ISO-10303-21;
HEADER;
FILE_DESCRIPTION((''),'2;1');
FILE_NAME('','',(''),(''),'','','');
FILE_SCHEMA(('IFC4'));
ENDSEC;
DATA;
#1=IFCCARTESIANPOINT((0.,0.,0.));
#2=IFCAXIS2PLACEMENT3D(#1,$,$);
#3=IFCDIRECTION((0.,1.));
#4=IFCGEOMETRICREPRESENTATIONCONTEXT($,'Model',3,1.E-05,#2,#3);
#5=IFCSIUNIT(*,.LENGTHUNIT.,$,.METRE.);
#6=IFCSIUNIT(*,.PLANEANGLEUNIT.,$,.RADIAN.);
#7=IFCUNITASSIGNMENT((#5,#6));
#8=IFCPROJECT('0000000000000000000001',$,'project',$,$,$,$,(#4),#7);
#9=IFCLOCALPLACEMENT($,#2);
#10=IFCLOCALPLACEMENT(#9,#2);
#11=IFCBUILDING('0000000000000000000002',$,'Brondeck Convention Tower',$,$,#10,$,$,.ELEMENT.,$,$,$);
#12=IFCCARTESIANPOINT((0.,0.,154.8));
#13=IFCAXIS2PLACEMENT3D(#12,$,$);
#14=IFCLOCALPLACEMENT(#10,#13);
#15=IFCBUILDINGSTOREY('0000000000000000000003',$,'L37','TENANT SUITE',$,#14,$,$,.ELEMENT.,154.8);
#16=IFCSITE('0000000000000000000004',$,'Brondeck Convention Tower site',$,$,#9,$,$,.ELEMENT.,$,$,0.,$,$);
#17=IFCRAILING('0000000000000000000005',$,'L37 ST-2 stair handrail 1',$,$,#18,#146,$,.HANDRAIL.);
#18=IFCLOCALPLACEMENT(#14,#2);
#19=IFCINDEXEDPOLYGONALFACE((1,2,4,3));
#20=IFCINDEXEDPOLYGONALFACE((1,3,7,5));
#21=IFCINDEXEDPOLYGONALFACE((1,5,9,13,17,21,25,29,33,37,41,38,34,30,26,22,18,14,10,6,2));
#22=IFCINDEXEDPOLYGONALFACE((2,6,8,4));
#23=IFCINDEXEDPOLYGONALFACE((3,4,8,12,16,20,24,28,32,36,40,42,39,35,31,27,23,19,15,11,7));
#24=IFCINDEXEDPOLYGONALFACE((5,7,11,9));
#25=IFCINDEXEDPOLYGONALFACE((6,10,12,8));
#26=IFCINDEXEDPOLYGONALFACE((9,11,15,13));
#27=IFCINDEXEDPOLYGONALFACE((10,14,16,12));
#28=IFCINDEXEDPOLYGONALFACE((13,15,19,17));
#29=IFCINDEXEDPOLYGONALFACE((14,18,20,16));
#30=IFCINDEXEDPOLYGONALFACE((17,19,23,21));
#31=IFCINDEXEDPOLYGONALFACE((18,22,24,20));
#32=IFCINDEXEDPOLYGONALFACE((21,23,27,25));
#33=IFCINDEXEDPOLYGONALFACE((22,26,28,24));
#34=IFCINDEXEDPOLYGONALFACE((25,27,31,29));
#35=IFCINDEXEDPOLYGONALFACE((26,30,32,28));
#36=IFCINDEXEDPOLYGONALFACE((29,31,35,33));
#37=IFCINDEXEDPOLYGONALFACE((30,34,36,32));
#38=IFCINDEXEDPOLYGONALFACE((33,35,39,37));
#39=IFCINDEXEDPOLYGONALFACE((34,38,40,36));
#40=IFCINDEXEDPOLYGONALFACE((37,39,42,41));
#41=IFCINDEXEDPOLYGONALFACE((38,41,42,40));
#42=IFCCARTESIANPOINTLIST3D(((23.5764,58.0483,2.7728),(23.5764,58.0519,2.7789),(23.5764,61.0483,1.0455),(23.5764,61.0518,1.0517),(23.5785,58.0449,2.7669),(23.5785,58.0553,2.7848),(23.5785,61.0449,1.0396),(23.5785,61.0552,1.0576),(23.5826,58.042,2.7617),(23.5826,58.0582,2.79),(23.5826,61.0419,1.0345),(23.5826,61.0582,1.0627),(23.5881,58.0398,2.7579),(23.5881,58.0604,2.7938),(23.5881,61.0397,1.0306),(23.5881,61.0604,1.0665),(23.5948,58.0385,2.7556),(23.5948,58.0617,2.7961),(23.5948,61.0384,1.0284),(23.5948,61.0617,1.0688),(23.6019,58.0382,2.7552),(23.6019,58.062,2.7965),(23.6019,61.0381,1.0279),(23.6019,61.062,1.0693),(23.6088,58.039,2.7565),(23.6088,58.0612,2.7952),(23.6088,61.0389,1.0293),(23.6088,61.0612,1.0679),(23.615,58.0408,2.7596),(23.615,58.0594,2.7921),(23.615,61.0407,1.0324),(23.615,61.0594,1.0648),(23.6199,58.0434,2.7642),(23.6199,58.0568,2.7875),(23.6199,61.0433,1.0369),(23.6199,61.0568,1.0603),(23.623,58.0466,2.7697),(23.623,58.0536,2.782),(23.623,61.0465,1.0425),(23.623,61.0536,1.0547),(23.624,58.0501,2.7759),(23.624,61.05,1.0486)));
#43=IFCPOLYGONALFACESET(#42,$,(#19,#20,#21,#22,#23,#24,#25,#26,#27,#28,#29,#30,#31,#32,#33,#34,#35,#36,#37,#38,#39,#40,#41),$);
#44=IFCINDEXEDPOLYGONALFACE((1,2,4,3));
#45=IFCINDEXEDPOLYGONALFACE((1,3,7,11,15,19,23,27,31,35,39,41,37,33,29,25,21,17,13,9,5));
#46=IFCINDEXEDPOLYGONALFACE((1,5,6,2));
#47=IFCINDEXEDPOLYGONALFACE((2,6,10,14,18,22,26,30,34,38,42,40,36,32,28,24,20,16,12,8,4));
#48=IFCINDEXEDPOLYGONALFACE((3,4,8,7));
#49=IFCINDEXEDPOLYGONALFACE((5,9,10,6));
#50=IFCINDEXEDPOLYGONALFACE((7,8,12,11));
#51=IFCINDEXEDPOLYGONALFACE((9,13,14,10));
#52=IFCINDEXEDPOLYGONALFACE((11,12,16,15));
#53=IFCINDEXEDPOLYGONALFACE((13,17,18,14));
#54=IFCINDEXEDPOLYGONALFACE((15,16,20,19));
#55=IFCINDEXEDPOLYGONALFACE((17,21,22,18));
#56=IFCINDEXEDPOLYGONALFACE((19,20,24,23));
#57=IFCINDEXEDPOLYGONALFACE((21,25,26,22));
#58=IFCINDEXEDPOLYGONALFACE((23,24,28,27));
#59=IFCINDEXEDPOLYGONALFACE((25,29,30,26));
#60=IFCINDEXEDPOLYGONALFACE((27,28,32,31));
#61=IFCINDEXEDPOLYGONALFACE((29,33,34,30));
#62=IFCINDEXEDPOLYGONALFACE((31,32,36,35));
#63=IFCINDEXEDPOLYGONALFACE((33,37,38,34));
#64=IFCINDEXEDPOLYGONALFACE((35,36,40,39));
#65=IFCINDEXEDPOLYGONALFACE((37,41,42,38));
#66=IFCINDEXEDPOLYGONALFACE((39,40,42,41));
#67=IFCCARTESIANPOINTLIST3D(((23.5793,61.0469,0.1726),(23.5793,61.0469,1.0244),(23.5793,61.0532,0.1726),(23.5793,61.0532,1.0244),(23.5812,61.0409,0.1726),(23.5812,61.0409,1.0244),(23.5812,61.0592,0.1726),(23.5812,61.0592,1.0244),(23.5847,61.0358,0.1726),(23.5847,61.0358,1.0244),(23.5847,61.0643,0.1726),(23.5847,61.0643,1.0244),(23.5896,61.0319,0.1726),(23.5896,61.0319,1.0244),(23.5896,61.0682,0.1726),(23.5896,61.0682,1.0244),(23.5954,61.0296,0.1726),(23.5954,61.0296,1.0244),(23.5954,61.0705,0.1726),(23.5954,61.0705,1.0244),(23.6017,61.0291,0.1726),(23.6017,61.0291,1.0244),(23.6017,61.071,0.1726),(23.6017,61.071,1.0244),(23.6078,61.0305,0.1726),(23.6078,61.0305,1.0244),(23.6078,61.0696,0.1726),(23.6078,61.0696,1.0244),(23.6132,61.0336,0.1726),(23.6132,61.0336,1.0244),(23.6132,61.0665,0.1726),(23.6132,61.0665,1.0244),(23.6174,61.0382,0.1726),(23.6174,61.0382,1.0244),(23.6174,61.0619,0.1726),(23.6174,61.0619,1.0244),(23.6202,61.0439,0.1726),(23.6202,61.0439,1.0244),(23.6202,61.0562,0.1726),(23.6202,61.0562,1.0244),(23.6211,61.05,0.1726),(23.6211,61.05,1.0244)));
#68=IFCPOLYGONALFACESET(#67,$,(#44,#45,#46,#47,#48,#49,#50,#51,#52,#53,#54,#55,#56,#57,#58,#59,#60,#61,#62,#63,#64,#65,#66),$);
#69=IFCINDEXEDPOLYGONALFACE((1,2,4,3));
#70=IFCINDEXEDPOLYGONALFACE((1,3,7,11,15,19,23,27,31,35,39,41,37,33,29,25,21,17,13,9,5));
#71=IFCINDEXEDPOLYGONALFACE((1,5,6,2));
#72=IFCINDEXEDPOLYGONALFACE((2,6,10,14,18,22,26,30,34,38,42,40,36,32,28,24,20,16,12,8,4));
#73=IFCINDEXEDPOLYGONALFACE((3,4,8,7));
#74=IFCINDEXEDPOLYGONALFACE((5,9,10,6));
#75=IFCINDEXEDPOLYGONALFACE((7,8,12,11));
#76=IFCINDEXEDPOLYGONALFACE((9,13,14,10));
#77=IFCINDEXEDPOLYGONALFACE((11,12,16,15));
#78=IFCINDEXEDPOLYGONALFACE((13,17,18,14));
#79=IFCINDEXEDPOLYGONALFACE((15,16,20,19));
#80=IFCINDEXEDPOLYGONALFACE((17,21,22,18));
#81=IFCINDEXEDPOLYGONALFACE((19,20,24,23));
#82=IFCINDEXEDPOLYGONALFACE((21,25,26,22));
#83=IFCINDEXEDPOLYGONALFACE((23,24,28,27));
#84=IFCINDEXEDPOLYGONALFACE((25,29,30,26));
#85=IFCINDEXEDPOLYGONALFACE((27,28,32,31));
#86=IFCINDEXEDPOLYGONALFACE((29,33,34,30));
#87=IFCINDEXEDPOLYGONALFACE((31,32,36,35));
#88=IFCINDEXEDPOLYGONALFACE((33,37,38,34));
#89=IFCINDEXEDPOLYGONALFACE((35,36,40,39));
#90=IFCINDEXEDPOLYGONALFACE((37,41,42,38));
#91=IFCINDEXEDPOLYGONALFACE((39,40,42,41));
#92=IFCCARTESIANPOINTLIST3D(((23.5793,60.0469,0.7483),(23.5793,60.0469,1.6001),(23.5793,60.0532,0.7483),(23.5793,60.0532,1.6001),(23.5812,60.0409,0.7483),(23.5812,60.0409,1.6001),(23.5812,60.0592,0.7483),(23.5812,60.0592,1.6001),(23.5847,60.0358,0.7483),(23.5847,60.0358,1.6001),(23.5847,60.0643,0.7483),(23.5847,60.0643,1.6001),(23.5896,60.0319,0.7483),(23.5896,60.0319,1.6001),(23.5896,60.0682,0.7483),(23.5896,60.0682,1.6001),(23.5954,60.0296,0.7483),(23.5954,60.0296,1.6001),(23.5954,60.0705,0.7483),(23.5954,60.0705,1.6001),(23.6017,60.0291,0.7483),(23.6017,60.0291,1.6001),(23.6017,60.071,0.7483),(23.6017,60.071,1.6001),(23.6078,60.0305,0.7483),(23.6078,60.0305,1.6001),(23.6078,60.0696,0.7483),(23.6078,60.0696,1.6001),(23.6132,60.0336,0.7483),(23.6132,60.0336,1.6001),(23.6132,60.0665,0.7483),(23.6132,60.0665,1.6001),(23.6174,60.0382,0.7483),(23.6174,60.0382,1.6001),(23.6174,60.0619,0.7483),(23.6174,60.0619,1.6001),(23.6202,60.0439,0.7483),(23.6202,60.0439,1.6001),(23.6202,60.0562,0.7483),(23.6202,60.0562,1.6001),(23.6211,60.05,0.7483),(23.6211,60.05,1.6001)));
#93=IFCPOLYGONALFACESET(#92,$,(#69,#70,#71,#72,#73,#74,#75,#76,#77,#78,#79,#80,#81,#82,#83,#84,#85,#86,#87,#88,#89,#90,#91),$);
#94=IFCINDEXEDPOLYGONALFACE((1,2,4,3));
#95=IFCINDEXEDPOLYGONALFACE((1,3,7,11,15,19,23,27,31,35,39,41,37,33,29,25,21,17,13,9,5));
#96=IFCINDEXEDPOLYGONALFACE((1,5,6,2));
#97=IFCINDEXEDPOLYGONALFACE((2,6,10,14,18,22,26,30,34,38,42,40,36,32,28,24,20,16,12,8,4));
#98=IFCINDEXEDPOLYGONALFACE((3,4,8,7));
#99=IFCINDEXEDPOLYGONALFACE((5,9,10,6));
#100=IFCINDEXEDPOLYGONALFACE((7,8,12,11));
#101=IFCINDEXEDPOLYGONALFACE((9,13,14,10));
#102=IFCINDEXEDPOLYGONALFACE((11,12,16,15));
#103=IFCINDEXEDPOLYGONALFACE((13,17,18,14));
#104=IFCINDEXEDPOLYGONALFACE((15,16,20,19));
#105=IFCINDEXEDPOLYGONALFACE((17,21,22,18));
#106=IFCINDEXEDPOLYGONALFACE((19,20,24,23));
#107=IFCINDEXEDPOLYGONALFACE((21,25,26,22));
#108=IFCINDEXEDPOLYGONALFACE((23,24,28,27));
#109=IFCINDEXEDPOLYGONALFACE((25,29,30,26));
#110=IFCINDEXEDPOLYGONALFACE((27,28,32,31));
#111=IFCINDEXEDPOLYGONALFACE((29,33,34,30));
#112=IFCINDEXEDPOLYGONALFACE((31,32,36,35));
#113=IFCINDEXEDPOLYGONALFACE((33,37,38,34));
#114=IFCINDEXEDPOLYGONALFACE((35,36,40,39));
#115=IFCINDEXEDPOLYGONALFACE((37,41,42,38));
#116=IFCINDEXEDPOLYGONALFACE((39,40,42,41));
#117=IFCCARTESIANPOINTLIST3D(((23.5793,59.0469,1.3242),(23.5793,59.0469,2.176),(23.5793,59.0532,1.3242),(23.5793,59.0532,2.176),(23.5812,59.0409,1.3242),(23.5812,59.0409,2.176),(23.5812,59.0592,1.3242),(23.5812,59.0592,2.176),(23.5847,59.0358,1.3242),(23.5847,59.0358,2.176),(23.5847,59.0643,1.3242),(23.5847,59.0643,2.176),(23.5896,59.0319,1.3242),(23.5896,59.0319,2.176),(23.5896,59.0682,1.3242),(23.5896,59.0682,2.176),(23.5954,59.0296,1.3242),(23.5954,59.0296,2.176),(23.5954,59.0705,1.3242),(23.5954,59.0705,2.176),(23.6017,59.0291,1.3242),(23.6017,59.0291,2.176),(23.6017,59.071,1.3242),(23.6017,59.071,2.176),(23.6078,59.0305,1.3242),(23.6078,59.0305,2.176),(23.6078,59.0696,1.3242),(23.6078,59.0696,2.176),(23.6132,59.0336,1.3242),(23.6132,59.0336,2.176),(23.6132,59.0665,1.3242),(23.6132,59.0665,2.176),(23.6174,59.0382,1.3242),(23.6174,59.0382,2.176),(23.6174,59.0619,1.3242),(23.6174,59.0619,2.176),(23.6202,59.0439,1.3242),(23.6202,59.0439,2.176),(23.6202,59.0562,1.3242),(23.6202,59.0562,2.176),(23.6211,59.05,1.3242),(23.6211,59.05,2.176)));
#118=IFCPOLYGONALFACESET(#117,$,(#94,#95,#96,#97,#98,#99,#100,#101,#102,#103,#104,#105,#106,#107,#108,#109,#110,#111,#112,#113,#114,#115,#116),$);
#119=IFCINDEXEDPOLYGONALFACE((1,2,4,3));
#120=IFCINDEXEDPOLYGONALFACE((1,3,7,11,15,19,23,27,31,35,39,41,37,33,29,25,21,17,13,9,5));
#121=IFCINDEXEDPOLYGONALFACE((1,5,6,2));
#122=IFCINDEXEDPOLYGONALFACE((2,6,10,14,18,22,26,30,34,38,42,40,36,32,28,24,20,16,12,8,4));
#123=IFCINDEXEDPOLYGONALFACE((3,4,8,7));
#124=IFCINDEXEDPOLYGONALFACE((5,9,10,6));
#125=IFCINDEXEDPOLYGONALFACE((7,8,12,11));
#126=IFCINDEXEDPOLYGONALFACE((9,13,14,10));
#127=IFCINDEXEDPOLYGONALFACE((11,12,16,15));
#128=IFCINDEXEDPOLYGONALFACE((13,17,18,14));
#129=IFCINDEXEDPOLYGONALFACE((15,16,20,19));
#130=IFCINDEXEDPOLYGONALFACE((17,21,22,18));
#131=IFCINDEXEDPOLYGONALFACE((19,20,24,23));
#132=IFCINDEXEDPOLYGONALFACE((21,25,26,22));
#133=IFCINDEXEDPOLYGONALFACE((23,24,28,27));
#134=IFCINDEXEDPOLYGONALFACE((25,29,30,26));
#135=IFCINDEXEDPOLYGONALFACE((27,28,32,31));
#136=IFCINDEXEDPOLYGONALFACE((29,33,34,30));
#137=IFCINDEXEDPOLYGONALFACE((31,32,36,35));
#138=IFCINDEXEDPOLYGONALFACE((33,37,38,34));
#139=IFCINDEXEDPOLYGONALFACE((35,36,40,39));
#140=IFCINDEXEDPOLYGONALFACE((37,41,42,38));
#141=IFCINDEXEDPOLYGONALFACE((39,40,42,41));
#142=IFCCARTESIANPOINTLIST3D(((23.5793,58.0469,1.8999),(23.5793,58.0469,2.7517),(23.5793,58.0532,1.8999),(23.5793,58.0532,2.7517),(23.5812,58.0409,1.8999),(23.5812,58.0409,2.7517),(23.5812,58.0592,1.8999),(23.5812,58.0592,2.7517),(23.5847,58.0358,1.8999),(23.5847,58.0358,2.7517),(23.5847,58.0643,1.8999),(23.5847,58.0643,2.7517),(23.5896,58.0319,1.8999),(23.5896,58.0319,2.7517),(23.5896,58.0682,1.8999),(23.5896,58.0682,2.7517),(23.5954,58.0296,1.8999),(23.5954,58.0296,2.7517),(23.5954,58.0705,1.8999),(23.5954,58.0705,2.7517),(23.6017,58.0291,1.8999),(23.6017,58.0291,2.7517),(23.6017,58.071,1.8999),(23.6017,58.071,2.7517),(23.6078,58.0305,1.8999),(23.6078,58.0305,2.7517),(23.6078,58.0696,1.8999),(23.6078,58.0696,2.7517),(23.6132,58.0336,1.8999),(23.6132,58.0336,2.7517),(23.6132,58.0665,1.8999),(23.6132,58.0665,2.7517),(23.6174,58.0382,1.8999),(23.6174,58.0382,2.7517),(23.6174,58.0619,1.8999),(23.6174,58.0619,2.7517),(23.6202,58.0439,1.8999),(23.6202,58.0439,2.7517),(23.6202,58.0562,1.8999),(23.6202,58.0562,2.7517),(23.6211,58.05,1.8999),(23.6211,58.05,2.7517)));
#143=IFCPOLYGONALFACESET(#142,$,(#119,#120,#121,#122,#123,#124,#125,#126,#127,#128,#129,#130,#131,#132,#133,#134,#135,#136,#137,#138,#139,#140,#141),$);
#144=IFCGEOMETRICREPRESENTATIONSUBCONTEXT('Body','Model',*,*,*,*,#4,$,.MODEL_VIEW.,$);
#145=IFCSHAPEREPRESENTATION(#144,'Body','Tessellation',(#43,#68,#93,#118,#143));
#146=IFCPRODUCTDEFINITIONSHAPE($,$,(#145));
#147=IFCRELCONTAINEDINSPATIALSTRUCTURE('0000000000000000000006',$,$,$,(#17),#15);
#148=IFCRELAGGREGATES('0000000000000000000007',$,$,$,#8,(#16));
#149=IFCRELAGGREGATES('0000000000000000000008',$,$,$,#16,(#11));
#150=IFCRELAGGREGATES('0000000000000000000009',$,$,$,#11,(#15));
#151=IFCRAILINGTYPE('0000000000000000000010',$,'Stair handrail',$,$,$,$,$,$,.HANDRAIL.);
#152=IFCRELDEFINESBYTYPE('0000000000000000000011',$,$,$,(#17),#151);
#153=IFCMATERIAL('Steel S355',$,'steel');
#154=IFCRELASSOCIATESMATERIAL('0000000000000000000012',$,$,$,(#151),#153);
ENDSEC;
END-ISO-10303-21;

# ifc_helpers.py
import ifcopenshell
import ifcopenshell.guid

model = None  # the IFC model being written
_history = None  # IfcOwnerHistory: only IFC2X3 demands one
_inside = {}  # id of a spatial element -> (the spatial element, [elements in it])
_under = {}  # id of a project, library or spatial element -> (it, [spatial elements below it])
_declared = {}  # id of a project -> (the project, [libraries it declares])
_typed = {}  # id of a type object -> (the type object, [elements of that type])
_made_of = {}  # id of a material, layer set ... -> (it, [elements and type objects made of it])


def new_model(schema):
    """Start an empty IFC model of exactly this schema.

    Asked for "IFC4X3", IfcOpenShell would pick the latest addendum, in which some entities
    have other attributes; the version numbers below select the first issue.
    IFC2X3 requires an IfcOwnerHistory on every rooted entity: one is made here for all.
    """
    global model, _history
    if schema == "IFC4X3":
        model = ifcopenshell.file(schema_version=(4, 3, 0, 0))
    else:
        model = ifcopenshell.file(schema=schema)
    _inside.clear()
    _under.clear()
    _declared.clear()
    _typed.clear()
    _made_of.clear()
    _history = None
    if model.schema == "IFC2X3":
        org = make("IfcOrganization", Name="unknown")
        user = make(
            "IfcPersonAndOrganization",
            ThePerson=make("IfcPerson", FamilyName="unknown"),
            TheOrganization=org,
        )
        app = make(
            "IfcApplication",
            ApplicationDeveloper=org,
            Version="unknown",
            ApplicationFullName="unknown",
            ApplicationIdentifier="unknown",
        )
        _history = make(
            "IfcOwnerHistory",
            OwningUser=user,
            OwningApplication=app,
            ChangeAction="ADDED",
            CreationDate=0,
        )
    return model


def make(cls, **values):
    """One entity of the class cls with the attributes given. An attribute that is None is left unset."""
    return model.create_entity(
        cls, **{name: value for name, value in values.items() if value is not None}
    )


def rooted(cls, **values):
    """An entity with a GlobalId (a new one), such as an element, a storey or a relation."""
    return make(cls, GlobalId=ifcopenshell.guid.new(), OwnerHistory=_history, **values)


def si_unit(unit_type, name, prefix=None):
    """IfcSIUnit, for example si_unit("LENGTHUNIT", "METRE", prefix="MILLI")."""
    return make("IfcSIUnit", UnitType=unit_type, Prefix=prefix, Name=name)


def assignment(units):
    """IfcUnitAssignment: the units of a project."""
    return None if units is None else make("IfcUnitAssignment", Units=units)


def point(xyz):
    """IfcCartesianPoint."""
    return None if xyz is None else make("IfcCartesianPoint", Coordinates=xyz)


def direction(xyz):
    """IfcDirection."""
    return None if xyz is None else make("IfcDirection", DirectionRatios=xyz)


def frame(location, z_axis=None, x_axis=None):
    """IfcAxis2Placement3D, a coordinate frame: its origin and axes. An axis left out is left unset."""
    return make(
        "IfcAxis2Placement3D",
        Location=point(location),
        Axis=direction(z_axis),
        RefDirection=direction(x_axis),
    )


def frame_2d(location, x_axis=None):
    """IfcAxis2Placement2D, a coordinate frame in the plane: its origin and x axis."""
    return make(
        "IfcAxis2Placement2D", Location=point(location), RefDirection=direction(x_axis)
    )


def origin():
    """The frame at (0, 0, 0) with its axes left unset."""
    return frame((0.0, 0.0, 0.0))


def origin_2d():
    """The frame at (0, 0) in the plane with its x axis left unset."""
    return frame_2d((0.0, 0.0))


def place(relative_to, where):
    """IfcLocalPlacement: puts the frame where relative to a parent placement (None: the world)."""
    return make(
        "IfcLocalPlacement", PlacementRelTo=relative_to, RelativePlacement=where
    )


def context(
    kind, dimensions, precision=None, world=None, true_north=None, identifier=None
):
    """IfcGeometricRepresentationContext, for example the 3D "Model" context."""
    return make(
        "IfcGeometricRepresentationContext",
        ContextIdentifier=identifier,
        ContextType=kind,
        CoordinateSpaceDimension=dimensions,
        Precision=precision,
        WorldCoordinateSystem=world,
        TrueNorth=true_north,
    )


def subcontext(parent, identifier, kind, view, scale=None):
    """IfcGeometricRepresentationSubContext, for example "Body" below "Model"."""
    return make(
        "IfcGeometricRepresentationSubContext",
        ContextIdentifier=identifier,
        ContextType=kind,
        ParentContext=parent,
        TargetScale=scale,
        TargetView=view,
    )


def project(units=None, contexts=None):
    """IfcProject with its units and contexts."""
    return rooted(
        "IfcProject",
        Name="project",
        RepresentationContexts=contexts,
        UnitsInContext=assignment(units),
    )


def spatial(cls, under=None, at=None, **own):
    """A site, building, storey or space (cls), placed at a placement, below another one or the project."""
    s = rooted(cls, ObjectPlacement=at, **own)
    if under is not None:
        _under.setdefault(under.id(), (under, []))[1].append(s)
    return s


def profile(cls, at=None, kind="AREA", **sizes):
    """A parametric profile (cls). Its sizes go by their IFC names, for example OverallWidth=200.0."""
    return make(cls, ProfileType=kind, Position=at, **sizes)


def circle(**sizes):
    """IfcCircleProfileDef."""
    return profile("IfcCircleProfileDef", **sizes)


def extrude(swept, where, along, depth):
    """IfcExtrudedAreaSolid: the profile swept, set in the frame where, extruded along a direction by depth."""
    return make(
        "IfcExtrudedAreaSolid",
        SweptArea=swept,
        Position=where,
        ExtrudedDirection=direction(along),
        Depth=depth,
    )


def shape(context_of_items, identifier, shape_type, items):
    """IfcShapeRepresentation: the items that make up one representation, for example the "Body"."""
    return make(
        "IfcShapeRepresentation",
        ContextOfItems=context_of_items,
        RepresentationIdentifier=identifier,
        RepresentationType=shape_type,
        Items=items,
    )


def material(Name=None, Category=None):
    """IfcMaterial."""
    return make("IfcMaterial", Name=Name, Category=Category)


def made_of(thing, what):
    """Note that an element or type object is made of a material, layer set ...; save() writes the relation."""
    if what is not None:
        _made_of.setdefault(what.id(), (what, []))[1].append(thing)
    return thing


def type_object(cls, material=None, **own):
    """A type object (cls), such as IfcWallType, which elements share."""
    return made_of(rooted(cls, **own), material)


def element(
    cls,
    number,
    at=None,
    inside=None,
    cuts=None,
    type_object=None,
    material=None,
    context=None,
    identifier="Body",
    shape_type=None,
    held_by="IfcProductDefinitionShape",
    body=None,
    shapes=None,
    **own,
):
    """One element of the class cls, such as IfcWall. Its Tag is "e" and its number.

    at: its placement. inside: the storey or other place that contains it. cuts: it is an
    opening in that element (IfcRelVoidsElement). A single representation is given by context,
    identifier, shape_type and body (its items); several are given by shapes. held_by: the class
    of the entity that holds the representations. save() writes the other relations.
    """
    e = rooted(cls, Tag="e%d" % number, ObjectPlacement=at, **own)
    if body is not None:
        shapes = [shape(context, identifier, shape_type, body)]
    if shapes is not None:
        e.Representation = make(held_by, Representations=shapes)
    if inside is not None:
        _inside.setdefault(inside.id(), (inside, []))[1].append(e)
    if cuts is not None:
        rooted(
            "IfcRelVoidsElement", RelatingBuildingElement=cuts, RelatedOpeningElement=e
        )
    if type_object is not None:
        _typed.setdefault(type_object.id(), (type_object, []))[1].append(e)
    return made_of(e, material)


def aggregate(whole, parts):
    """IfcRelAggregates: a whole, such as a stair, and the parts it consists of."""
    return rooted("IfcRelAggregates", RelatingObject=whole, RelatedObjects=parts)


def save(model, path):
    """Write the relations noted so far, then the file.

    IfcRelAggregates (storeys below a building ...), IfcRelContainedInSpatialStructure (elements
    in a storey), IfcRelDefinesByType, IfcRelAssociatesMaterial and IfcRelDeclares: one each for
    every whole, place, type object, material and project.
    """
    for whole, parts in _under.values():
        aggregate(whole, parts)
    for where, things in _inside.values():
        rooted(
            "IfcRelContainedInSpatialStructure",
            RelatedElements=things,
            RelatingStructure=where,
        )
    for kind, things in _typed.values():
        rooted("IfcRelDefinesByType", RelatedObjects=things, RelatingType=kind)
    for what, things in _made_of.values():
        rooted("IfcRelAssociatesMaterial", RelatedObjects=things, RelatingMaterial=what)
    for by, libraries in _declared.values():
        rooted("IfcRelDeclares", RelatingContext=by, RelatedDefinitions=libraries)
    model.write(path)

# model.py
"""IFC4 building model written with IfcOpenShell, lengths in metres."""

from ifc_helpers import new_model, si_unit, direction, frame, origin, origin_2d, place, context, subcontext, project, spatial, circle, extrude, material, type_object, element, save


model = new_model("IFC4")

# Units and contexts
model_context = context("Model", 3, precision=1e-05, world=origin(), true_north=direction((0.0, 1.0)))
body_context = subcontext(model_context, "Body", "Model", "MODEL_VIEW")
ifc_project = project(units=[si_unit("LENGTHUNIT", "METRE"), si_unit("PLANEANGLEUNIT", "RADIAN")], contexts=[model_context])

# Site, building, storey
site_placement = place(None, origin())
site = spatial("IfcSite", under=ifc_project, at=site_placement, Name="Brondeck Convention Tower site", CompositionType="ELEMENT", RefElevation=0.0)
building_placement = place(site_placement, origin())
building = spatial("IfcBuilding", under=site, at=building_placement, Name="Brondeck Convention Tower", CompositionType="ELEMENT")
storey_placement = place(building_placement, frame((0.0, 0.0, 154.8)))
storey = spatial("IfcBuildingStorey", under=building, at=storey_placement, Name="L37", Description="TENANT SUITE", CompositionType="ELEMENT", Elevation=154.8)

# Railing
ifc_material_1 = material(Name="Steel S355", Category="steel")
railing_type_1 = type_object("IfcRailingType", Name="Stair handrail", PredefinedType="HANDRAIL", material=ifc_material_1)
railing_1_placement = place(storey_placement, frame((23.6001, 61.05, 0.1726)))
element("IfcRailing", 1, at=railing_1_placement, inside=storey, type_object=railing_type_1, Name="L37 ST-2 stair handrail 1", PredefinedType="HANDRAIL", context=body_context, shape_type="SweptSolid", body=[
    extrude(circle(Radius=0.0239, at=origin_2d()), frame((0.0, 0.0, 0.876), z_axis=(0.0, -0.86662, 0.498969), x_axis=(1.0, 0.0, 0.0)), (0.0, 0.0, 1.0), 3.4617),
    extrude(circle(Radius=0.021, at=origin_2d()), origin(), (0.0, 0.0, 1.0), 0.8518),
    extrude(circle(Radius=0.021, at=origin_2d()), frame((0.0, -1.0, 0.5757)), (0.0, 0.0, 1.0), 0.8518),
    extrude(circle(Radius=0.021, at=origin_2d()), frame((0.0, -2.0, 1.1516)), (0.0, 0.0, 1.0), 0.8518),
    extrude(circle(Radius=0.021, at=origin_2d()), frame((0.0, -3.0, 1.7273)), (0.0, 0.0, 1.0), 0.8518),
])

save(model, "model.ifc")
